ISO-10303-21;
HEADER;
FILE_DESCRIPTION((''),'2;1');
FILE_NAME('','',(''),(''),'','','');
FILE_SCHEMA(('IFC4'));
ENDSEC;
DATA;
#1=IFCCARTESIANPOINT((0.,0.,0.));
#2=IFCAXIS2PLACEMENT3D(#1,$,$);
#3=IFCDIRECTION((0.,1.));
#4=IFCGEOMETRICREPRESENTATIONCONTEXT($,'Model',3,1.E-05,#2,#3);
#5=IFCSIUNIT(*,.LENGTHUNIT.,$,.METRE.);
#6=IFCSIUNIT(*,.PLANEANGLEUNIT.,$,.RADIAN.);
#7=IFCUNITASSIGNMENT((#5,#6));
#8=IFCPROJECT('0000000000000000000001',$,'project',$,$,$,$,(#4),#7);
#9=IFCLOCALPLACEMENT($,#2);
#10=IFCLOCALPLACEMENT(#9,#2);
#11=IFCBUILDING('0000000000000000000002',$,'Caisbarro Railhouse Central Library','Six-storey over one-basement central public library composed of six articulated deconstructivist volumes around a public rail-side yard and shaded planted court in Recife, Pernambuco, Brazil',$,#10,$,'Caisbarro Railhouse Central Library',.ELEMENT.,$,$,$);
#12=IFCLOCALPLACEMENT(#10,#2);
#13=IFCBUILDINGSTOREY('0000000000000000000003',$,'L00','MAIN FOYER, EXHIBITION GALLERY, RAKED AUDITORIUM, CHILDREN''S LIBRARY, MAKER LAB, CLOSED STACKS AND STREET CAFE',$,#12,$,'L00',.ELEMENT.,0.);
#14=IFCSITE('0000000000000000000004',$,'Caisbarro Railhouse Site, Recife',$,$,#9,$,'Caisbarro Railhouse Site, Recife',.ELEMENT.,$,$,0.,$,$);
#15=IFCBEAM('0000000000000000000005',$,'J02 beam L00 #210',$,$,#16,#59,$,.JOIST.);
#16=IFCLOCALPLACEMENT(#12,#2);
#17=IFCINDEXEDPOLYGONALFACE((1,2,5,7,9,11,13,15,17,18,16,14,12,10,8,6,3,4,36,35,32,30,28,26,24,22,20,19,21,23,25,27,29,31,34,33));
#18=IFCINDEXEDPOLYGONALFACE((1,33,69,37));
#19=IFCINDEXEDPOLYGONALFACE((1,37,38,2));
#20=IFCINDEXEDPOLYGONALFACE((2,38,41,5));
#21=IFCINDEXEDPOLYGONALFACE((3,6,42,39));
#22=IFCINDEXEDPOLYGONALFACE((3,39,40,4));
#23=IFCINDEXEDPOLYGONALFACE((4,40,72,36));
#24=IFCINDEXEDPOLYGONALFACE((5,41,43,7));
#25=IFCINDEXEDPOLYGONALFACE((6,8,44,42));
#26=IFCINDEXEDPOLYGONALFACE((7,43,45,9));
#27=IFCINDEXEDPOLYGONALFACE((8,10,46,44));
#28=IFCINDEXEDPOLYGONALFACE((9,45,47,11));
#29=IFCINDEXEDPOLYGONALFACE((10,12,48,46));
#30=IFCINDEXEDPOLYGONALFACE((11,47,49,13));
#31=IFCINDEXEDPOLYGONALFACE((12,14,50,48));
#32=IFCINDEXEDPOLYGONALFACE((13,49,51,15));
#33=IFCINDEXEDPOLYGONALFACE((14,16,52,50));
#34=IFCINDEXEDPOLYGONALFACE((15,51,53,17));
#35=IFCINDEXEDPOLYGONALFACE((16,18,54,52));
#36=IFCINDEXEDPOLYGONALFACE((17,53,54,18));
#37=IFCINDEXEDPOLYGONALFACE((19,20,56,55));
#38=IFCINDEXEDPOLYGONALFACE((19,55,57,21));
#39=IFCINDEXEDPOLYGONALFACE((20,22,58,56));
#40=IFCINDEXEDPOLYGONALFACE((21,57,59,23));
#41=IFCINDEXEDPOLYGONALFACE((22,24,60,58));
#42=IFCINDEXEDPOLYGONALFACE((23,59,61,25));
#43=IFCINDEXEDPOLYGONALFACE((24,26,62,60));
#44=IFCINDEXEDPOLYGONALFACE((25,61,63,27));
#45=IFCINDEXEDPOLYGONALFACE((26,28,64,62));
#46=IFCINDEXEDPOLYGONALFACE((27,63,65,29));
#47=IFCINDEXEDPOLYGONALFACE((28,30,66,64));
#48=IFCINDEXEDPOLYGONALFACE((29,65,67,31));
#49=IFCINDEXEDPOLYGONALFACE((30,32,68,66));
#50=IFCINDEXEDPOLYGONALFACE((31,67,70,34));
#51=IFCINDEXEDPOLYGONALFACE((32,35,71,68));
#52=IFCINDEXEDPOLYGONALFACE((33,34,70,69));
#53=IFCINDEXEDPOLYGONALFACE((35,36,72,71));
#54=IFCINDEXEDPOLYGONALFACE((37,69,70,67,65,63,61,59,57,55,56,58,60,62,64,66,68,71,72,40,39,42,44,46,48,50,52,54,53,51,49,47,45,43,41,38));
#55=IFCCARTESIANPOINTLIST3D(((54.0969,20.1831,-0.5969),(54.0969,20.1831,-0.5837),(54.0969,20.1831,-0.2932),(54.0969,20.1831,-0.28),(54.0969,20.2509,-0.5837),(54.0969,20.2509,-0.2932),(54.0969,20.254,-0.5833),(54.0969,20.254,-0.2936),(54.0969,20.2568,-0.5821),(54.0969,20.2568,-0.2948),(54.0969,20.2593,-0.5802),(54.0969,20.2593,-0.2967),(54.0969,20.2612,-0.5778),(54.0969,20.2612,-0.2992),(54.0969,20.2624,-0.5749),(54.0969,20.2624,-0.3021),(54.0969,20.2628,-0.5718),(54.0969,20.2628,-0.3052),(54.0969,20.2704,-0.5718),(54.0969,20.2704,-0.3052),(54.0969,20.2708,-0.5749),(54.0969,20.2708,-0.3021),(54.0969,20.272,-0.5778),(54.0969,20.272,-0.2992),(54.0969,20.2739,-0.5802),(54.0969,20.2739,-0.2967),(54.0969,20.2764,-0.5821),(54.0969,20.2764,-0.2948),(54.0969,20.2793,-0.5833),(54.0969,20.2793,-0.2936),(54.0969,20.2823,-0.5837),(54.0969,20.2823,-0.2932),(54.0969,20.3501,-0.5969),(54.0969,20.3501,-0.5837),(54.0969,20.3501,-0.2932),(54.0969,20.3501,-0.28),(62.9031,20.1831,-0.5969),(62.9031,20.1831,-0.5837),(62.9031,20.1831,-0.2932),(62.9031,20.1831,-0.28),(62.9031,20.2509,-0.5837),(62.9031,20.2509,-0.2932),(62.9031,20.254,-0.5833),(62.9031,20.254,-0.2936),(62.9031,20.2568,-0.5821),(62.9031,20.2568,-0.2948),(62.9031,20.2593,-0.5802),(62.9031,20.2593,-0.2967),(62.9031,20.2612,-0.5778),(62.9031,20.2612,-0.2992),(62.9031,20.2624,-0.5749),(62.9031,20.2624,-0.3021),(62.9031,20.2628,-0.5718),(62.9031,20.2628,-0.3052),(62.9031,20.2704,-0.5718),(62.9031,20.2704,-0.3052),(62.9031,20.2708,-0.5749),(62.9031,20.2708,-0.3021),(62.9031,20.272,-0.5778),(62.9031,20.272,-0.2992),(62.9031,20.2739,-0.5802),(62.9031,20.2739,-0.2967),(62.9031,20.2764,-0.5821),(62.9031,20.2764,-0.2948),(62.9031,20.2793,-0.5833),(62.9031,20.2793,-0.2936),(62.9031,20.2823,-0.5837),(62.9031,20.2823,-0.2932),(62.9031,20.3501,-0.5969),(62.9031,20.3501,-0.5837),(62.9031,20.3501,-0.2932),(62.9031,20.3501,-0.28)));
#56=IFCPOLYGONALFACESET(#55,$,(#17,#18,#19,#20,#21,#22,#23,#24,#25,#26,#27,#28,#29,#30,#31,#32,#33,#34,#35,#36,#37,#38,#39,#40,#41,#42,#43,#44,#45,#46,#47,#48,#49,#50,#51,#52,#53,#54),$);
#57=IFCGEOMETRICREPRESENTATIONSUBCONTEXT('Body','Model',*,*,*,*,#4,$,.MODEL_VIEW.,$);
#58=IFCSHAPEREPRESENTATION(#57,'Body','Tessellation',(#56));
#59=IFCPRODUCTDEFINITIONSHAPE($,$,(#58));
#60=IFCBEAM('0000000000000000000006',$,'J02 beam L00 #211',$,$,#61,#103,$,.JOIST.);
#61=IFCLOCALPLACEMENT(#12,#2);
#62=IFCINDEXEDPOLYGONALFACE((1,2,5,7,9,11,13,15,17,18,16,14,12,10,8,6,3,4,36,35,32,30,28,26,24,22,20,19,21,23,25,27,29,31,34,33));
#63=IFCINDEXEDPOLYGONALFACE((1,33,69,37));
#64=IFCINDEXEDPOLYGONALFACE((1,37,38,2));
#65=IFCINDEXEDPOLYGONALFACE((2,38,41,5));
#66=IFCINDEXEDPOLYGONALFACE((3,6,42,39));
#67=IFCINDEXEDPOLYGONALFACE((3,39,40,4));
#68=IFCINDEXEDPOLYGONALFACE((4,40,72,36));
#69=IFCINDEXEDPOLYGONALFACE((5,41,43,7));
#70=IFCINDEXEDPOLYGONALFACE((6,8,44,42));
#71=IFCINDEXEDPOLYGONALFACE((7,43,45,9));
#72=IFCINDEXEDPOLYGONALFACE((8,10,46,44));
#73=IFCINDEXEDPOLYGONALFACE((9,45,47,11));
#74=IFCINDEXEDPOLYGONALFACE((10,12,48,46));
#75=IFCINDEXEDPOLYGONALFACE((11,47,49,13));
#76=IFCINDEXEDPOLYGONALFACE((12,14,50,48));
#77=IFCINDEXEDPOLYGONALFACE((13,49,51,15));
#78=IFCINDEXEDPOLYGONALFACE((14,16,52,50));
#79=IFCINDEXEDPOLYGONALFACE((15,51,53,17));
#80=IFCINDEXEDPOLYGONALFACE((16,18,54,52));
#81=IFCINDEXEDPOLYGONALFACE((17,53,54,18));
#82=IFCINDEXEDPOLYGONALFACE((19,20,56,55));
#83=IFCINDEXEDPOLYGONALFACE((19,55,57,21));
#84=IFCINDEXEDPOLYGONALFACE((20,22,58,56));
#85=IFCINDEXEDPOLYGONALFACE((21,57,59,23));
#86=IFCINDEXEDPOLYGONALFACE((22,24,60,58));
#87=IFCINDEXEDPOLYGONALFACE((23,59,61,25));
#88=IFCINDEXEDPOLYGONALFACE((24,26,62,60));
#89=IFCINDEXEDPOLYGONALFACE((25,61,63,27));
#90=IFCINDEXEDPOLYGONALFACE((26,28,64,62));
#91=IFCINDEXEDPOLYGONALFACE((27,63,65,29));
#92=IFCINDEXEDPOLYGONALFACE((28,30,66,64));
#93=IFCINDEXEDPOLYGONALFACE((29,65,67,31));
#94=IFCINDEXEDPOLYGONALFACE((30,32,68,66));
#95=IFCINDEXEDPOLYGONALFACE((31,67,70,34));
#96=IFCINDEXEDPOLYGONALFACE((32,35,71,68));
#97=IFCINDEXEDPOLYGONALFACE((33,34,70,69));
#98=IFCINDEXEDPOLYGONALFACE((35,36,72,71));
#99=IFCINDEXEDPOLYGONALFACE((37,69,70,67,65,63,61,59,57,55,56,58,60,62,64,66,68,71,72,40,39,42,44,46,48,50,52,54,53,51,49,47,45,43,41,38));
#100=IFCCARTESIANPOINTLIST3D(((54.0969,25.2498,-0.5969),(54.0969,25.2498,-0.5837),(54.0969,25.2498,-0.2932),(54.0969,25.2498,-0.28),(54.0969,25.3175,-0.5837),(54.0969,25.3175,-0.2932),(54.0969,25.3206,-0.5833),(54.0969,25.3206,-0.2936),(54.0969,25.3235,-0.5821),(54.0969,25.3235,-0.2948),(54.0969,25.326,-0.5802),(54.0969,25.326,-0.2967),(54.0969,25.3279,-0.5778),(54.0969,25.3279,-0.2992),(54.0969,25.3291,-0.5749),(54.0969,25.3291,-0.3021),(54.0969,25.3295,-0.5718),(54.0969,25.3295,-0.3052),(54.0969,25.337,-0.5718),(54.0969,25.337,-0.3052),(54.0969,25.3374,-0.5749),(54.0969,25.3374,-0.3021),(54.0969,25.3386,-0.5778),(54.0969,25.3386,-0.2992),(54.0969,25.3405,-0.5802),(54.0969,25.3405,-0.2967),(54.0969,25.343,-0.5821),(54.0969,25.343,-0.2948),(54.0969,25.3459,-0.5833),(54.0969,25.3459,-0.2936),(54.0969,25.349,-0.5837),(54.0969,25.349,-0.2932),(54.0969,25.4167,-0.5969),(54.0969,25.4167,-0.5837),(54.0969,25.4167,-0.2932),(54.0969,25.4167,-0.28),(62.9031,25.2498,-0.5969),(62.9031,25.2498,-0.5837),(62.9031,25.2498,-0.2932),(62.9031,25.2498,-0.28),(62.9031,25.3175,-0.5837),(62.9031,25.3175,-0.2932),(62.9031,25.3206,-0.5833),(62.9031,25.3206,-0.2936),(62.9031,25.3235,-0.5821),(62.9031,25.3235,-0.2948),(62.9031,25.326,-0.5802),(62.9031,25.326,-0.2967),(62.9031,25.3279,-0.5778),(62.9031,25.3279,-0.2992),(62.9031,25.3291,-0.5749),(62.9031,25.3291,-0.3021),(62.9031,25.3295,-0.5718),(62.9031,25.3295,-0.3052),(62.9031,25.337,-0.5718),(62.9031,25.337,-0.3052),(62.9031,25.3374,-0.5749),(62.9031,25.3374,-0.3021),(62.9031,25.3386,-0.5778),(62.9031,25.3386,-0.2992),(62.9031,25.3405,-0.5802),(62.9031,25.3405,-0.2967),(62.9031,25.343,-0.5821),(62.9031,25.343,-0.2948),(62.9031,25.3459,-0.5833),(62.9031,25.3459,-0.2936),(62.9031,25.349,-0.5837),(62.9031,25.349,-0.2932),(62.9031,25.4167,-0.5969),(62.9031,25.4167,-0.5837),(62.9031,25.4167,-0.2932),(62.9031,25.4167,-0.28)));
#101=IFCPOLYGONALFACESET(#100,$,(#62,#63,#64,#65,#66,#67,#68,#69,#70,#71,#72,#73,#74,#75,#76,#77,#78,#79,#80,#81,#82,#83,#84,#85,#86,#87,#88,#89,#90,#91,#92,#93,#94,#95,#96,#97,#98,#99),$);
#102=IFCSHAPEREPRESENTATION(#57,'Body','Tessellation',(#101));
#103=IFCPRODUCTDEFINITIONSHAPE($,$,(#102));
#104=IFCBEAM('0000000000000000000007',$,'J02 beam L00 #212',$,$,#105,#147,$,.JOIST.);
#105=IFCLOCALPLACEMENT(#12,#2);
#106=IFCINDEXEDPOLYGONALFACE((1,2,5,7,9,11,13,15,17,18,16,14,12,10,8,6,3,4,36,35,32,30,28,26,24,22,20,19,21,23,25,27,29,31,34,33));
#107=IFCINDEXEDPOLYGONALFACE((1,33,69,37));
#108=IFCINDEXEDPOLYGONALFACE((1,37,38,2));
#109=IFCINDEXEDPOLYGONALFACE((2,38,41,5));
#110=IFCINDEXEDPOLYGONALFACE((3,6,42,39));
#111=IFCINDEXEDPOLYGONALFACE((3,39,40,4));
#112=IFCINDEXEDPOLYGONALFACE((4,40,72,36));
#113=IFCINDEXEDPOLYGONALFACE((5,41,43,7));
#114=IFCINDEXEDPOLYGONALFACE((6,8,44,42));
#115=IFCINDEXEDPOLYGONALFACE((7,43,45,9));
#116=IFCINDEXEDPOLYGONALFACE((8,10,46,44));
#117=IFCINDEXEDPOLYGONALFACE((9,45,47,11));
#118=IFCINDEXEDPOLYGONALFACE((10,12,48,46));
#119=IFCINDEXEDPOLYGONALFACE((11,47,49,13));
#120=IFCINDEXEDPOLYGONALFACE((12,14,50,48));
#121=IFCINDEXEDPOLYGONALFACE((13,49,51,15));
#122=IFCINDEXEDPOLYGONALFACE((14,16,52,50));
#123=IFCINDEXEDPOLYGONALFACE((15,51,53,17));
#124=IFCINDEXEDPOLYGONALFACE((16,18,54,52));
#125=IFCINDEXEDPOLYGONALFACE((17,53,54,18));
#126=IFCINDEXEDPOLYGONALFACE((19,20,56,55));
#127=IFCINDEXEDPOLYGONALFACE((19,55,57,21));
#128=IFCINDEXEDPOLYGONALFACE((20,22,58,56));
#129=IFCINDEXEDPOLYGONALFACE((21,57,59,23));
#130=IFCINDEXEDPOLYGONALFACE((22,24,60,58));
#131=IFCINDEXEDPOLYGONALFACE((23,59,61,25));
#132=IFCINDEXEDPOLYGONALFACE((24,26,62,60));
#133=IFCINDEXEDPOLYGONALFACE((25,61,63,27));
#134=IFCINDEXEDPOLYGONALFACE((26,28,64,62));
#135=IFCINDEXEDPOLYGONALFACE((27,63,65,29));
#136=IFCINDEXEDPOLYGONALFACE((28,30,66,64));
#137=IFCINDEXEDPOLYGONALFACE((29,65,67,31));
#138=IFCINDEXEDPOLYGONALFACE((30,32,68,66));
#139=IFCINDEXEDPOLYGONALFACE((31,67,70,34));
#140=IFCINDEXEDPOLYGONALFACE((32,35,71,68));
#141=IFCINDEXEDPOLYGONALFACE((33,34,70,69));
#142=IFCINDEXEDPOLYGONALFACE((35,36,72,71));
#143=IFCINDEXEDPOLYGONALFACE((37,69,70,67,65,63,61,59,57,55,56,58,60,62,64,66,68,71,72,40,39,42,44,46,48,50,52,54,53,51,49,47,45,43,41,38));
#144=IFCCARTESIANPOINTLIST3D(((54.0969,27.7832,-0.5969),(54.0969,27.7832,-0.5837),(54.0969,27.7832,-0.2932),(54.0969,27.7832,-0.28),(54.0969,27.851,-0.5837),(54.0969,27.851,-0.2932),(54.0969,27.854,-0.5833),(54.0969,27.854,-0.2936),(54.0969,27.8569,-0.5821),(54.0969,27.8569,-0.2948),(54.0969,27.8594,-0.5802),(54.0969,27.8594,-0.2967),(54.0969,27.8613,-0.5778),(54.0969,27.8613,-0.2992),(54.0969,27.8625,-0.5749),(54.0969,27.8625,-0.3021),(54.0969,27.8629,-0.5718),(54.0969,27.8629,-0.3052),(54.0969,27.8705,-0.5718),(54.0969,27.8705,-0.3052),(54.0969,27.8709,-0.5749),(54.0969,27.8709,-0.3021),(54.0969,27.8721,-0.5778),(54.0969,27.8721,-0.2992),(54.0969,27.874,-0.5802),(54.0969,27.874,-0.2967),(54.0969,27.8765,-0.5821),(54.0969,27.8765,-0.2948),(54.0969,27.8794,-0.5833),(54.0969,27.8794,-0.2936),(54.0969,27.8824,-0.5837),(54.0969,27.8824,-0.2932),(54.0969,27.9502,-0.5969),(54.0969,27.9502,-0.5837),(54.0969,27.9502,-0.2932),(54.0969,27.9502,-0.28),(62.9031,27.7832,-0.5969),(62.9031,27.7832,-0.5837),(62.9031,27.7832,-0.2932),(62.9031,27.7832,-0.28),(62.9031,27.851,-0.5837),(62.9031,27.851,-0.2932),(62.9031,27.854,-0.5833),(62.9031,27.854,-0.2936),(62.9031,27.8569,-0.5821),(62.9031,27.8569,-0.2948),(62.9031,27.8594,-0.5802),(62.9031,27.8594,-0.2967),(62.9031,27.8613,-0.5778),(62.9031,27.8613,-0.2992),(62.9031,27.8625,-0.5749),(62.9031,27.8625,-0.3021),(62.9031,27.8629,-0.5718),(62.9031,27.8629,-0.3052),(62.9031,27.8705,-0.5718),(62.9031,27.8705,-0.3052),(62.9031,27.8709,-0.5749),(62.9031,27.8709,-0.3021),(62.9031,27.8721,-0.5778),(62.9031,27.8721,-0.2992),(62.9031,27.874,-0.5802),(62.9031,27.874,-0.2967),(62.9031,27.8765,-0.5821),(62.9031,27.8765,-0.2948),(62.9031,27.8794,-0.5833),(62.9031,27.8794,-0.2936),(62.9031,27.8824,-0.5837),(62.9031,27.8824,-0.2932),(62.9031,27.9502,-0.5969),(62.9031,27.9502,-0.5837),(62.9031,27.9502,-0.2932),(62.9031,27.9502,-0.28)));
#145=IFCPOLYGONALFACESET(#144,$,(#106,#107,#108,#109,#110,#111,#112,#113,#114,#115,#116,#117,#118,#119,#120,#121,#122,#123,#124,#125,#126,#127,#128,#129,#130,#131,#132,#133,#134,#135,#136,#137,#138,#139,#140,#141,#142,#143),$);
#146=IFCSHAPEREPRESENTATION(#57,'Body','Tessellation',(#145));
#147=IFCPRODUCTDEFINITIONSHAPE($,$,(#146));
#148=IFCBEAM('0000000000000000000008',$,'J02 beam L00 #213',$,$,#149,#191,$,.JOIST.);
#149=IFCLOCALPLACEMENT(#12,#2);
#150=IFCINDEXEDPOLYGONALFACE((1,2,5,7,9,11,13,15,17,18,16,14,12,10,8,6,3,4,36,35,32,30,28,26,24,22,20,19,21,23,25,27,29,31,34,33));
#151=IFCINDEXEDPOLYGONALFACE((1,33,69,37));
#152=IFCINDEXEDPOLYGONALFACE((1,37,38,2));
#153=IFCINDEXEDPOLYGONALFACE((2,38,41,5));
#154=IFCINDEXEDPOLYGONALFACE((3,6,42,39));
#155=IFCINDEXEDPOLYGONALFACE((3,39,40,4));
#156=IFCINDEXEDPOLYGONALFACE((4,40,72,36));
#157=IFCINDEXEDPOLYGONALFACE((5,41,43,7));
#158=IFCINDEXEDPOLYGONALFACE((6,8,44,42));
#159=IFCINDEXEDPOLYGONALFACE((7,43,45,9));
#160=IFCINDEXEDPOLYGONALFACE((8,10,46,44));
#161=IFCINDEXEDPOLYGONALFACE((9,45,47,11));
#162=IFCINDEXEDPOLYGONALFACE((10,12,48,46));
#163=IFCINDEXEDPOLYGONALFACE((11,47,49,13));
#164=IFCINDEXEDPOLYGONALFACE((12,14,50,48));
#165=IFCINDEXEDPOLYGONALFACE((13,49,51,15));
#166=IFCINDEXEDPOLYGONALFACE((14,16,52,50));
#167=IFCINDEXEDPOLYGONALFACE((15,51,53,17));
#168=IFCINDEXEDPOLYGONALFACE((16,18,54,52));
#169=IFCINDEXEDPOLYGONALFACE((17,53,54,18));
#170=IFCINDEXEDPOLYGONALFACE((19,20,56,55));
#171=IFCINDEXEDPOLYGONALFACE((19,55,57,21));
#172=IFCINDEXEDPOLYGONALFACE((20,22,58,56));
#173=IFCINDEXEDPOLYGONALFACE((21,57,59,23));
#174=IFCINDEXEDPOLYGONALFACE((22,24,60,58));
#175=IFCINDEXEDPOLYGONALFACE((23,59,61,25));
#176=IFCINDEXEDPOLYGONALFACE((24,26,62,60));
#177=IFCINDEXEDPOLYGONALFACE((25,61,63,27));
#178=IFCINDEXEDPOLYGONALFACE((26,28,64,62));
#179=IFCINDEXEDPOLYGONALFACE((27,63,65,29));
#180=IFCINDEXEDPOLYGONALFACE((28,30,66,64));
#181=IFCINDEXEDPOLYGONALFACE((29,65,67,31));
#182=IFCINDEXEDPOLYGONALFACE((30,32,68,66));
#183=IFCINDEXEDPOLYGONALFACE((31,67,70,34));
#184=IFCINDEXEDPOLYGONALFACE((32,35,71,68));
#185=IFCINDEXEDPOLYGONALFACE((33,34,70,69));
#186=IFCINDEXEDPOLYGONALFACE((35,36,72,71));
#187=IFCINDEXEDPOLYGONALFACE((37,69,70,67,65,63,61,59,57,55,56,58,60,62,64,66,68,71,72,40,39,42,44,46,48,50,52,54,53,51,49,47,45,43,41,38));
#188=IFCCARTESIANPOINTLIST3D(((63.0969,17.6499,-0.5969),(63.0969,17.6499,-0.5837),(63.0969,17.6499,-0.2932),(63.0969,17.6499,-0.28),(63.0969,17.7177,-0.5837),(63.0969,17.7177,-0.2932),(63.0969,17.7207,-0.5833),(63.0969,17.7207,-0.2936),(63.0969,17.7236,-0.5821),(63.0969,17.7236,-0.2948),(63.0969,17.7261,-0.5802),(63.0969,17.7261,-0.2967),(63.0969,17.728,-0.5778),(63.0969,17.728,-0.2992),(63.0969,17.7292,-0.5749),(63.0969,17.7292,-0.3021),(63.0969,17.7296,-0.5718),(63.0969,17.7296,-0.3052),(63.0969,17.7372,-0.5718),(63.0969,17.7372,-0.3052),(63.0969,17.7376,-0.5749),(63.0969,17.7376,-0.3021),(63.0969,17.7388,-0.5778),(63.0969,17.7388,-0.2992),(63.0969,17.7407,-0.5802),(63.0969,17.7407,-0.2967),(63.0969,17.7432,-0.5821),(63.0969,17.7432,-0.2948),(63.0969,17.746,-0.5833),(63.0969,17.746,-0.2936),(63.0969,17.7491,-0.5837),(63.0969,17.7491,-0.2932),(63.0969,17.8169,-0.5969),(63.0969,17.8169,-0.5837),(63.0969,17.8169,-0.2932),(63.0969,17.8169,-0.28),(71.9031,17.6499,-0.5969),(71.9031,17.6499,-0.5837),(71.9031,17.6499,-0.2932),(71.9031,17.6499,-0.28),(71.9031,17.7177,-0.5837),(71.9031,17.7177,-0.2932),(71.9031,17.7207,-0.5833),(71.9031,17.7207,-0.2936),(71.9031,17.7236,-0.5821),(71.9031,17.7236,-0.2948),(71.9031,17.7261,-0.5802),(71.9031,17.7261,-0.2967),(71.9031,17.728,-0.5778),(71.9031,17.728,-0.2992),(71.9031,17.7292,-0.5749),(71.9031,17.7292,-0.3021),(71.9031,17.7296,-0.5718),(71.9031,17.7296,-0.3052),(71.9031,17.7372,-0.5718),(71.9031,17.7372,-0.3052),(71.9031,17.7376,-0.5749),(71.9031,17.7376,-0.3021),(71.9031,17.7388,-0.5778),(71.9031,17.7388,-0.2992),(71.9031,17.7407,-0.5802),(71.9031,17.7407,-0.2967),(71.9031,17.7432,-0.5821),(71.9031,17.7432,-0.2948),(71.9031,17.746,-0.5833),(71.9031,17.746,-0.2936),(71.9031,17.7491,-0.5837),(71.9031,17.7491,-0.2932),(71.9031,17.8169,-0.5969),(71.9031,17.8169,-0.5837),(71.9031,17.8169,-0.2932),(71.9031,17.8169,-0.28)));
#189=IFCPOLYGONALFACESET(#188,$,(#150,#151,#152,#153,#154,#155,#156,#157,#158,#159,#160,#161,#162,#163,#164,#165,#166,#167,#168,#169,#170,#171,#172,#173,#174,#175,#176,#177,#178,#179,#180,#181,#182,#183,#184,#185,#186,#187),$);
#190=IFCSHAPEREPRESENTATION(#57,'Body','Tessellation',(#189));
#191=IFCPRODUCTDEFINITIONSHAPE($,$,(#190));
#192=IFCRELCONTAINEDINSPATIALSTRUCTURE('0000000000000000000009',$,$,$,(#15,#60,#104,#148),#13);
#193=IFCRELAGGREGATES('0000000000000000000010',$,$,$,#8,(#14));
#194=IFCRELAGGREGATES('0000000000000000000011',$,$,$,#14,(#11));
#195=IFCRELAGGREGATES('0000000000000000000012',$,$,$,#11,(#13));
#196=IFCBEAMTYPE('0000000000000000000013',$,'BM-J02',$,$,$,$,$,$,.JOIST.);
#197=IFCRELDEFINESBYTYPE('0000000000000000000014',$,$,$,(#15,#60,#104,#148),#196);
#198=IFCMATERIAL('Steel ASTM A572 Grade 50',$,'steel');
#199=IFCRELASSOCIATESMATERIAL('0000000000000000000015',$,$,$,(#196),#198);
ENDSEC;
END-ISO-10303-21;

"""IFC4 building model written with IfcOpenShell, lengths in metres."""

from ifc_helpers import new_model, si_unit, direction, frame, origin, origin_2d, place, context, subcontext, project, spatial, i_section, extrude, material, material_profile, profile_set, type_object, element, save


model = new_model("IFC4")

# Units and contexts
model_context = context("Model", 3, precision=1e-05, world=origin(), true_north=direction((0.0, 1.0)))
body_context = subcontext(model_context, "Body", "Model", "MODEL_VIEW")
ifc_project = project(units=[si_unit("LENGTHUNIT", "METRE"), si_unit("PLANEANGLEUNIT", "RADIAN")], contexts=[model_context])

# Site, building, storey
site_placement = place(None, origin())
site = spatial("IfcSite", under=ifc_project, at=site_placement, Name="Caisbarro Railhouse Site, Recife", LongName="Caisbarro Railhouse Site, Recife", CompositionType="ELEMENT", RefElevation=0.0)
building_placement = place(site_placement, origin())
building = spatial("IfcBuilding", under=site, at=building_placement, Name="Caisbarro Railhouse Central Library", Description="Six-storey over one-basement central public library composed of six articulated deconstructivist volumes around a public rail-side yard and shaded planted court in Recife, Pernambuco, Brazil", LongName="Caisbarro Railhouse Central Library", CompositionType="ELEMENT")
storey_placement = place(building_placement, origin())
storey = spatial("IfcBuildingStorey", under=building, at=storey_placement, Name="L00", Description="MAIN FOYER, EXHIBITION GALLERY, RAKED AUDITORIUM, CHILDREN'S LIBRARY, MAKER LAB, CLOSED STACKS AND STREET CAFE", LongName="L00", CompositionType="ELEMENT", Elevation=0.0)

# Shared definitions
ifc_material_1 = material(Name="Steel ASTM A572 Grade 50", Category="steel")

# Beams
ifc_material_profile_1 = material_profile(ifc_material_1, i_section(OverallWidth=0.167, OverallDepth=0.3169, WebThickness=0.0076, FlangeThickness=0.0132, FilletRadius=0.012, at=origin_2d()), Name="W310X52.0")
ifc_profile_set_1 = profile_set([ifc_material_profile_1], Name="Steel ASTM A572 Grade 50")
beam_type_1 = type_object("IfcBeamType", Name="BM-J02", PredefinedType="JOIST", material=ifc_profile_set_1)
for number, where, z_axis, x_axis, name in (
    (1, (54.0969, 20.2666, -0.4385), (1.0, 0.0, 0.0), (0.0, 1.0, 0.0), "J02 beam L00 #210"),
    (2, (54.0969, 25.3333, -0.4385), (1.0, 0.0, 0.0), (0.0, 1.0, 0.0), "J02 beam L00 #211"),
    (3, (54.0969, 27.8667, -0.4385), (1.0, 0.0, 0.0), (0.0, 1.0, 0.0), "J02 beam L00 #212"),
    (4, (63.0969, 17.7334, -0.4385), (1.0, 0.0, 0.0), (0.0, 1.0, 0.0), "J02 beam L00 #213"),
):
    element("IfcBeam", number, at=place(storey_placement, frame(where, z_axis=z_axis, x_axis=x_axis)), inside=storey, type_object=beam_type_1, Name=name, PredefinedType="JOIST", context=body_context, shape_type="SweptSolid", body=[
        extrude(i_section(OverallWidth=0.167, OverallDepth=0.3169, WebThickness=0.0076, FlangeThickness=0.0132, FilletRadius=0.012, at=origin_2d()), origin(), (0.0, 0.0, 1.0), 8.8062),
    ])

save(model, "model.ifc")
